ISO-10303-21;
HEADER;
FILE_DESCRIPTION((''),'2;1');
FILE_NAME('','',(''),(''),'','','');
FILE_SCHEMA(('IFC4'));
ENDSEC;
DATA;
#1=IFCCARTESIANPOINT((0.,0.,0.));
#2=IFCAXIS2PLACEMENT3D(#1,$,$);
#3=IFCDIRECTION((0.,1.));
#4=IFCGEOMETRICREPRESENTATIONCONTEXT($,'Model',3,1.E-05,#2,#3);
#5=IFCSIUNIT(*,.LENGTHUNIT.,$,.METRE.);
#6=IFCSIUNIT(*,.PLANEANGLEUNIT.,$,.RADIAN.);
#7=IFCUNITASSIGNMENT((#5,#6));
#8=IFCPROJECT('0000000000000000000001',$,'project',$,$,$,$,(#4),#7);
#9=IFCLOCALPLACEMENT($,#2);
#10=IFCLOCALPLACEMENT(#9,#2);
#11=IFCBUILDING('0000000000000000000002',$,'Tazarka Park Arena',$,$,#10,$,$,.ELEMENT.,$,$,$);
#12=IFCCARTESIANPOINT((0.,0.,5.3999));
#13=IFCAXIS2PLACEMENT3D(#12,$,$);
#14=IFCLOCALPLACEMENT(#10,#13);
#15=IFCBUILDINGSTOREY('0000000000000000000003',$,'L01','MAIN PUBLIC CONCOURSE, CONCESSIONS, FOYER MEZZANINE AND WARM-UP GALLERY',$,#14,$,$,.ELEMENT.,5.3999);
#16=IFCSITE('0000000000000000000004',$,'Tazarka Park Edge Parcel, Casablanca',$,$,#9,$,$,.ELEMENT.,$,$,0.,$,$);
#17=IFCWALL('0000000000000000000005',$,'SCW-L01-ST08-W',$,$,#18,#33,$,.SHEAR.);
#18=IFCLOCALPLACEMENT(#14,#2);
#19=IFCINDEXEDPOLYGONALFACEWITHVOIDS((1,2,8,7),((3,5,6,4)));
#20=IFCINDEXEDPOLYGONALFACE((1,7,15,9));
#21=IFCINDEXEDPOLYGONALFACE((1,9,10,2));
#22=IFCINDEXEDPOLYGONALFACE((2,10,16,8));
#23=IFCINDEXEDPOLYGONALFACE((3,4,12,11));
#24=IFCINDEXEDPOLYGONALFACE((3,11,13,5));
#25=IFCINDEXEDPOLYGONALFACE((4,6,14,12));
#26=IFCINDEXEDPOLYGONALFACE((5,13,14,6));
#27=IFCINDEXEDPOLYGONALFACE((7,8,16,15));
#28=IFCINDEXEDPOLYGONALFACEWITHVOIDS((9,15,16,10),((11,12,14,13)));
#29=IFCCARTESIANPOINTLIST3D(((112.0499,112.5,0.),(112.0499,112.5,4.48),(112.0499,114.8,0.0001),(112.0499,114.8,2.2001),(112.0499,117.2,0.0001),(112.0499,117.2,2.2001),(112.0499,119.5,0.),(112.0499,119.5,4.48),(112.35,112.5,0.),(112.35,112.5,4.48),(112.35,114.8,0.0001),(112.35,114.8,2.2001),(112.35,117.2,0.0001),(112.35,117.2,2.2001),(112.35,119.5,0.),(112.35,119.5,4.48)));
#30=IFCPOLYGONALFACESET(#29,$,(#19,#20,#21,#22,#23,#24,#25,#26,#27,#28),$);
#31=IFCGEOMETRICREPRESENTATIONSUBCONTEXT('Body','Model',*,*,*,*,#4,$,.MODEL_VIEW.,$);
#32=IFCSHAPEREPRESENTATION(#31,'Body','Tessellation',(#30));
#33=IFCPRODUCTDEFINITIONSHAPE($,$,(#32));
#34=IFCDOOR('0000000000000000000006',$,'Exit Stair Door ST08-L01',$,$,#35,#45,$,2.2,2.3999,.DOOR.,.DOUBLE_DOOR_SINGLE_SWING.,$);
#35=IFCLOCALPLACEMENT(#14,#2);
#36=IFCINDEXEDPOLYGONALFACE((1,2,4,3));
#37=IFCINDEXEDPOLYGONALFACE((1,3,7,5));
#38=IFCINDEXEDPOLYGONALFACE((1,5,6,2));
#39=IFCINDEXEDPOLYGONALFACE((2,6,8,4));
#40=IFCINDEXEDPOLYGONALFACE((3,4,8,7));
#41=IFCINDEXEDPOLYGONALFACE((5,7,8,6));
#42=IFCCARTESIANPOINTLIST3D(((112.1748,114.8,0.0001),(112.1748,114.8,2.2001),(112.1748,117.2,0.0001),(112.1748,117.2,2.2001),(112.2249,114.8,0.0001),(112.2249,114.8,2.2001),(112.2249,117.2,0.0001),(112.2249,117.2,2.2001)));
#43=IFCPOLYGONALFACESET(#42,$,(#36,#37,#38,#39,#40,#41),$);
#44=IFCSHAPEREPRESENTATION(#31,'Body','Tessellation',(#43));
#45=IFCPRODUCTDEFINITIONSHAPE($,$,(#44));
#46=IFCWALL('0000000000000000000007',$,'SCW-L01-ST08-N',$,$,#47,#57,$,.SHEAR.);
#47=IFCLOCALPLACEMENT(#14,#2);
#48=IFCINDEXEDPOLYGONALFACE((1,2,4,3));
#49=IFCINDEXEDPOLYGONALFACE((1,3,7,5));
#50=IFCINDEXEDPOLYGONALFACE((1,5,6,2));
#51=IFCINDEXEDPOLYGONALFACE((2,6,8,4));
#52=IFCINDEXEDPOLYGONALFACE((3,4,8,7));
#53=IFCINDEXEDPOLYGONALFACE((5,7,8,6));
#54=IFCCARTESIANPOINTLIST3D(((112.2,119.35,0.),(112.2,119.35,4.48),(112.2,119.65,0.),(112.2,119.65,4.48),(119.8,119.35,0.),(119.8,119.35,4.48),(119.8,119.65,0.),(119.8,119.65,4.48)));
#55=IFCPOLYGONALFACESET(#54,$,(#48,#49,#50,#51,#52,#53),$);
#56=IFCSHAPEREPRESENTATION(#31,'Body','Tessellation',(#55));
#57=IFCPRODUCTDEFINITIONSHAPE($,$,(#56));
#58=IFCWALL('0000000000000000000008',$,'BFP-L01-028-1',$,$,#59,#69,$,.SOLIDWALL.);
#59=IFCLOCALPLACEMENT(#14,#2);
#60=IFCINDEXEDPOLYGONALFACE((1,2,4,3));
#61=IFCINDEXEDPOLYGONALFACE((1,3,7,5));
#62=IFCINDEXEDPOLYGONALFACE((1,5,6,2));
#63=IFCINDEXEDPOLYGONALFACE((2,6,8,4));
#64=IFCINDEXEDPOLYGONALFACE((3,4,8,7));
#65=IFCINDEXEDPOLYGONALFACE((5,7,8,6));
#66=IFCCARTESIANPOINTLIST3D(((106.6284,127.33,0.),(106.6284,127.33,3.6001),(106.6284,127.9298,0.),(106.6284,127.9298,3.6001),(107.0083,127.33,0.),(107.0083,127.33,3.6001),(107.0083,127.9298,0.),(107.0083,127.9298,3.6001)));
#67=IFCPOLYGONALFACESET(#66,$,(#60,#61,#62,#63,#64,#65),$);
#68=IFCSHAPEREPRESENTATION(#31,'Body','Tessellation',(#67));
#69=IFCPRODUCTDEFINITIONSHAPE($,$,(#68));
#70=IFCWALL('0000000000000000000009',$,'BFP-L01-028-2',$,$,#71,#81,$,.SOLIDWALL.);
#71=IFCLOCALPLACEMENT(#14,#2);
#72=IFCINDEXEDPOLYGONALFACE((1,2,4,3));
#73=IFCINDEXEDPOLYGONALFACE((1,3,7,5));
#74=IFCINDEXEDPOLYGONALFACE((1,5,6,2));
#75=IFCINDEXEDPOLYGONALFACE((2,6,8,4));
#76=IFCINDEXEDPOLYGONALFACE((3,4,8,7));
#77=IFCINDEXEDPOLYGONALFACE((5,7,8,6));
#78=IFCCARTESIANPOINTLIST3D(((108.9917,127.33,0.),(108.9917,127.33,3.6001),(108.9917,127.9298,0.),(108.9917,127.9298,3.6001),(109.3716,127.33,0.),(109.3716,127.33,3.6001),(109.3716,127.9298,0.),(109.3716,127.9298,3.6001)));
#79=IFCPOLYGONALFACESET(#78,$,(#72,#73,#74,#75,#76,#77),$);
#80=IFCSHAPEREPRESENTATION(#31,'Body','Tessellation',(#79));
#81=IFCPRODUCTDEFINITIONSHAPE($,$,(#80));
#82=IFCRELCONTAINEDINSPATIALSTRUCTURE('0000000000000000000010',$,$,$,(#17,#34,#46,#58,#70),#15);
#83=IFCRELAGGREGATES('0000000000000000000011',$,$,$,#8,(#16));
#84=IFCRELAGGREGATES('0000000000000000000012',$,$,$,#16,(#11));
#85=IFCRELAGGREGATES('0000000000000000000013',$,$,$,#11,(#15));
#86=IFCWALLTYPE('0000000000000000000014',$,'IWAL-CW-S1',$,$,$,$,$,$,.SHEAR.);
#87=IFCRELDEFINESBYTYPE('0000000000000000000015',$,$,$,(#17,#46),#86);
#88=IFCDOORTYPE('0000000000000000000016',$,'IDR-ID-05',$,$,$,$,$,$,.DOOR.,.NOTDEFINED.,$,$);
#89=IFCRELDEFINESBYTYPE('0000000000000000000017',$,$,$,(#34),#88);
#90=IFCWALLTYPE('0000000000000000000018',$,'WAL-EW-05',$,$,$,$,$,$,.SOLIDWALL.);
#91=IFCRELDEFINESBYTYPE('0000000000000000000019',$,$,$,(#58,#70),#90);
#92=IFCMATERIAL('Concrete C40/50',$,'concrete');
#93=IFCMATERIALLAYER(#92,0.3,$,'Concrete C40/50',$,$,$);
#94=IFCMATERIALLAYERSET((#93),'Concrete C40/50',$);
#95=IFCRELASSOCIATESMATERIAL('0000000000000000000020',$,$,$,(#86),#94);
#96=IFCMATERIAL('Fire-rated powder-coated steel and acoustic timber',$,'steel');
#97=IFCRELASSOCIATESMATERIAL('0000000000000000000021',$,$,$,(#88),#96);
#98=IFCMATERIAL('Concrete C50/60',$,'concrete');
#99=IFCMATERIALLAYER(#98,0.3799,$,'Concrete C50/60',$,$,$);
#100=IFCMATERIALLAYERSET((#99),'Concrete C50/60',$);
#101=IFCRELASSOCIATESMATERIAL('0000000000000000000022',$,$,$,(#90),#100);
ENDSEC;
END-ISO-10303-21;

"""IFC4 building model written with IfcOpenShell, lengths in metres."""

from ifc_helpers import new_model, si_unit, direction, frame, frame_2d, origin, place, context, subcontext, project, spatial, rectangle, extrude, material, layer, layer_set, type_object, element, fill, save


model = new_model("IFC4")

# Units and contexts
model_context = context("Model", 3, precision=1e-05, world=origin(), true_north=direction((0.0, 1.0)))
body_context = subcontext(model_context, "Body", "Model", "MODEL_VIEW")
ifc_project = project(units=[si_unit("LENGTHUNIT", "METRE"), si_unit("PLANEANGLEUNIT", "RADIAN")], contexts=[model_context])

# Site, building, storey
site_placement = place(None, origin())
site = spatial("IfcSite", under=ifc_project, at=site_placement, Name="Tazarka Park Edge Parcel, Casablanca", CompositionType="ELEMENT", RefElevation=0.0)
building_placement = place(site_placement, origin())
building = spatial("IfcBuilding", under=site, at=building_placement, Name="Tazarka Park Arena", CompositionType="ELEMENT")
storey_placement = place(building_placement, frame((0.0, 0.0, 5.3999)))
storey = spatial("IfcBuildingStorey", under=building, at=storey_placement, Name="L01", Description="MAIN PUBLIC CONCOURSE, CONCESSIONS, FOYER MEZZANINE AND WARM-UP GALLERY", CompositionType="ELEMENT", Elevation=5.3999)

# Wall, opening, door
ifc_material_1 = material(Name="Concrete C40/50", Category="concrete")
ifc_layer_1 = layer(ifc_material_1, 0.3, Name="Concrete C40/50")
ifc_layer_set_1 = layer_set([ifc_layer_1], Name="Concrete C40/50")
wall_type_1 = type_object("IfcWallType", Name="IWAL-CW-S1", PredefinedType="SHEAR", material=ifc_layer_set_1)
wall_1_placement = place(storey_placement, frame((112.2, 112.5, 0.0), z_axis=(0.0, 0.0, 1.0), x_axis=(0.0, 1.0, 0.0)))
wall_1 = element("IfcWall", 1, at=wall_1_placement, inside=storey, type_object=wall_type_1, Name="SCW-L01-ST08-W", PredefinedType="SHEAR", context=body_context, shape_type="SweptSolid", body=[
    extrude(rectangle(XDim=7.0, YDim=0.3, at=frame_2d((3.5, 0.0))), origin(), (0.0, 0.0, 1.0), 4.48),
])
opening_placement = place(wall_1_placement, frame((2.3, 0.0, 0.0)))
opening = element("IfcOpeningElement", 2, at=opening_placement, cuts=wall_1, PredefinedType="OPENING", context=body_context, shape_type="SweptSolid", body=[
    extrude(rectangle(XDim=2.3999, YDim=2.2, at=frame_2d((1.2, 1.1001))), frame((0.0, 0.1602, 0.0), z_axis=(0.0, -1.0, 0.0), x_axis=(1.0, 0.0, 0.0)), (0.0, 0.0, 1.0), 0.3201),
])
ifc_material_2 = material(Name="Fire-rated powder-coated steel and acoustic timber", Category="steel")
door_type = type_object("IfcDoorType", Name="IDR-ID-05", OperationType="NOTDEFINED", PredefinedType="DOOR", material=ifc_material_2)
door_placement = place(opening_placement, frame((2.3999, 0.0, 0.0), z_axis=(0.0, 0.0, 1.0), x_axis=(-1.0, 0.0, 0.0)))
door = element("IfcDoor", 3, at=door_placement, inside=storey, type_object=door_type, Name="Exit Stair Door ST08-L01", OperationType="DOUBLE_DOOR_SINGLE_SWING", OverallHeight=2.2, OverallWidth=2.3999, PredefinedType="DOOR", context=body_context, shape_type="SweptSolid", body=[
    extrude(rectangle(XDim=2.3999, YDim=2.2, at=frame_2d((1.2, 1.1001))), frame((0.0, 0.0249, 0.0), z_axis=(0.0, -1.0, 0.0), x_axis=(1.0, 0.0, 0.0)), (0.0, 0.0, 1.0), 0.05),
])
fill(opening, door)

# Walls
wall_2_placement = place(storey_placement, frame((112.2, 119.5, 0.0), z_axis=(0.0, 0.0, 1.0), x_axis=(1.0, 0.0, 0.0)))
element("IfcWall", 4, at=wall_2_placement, inside=storey, type_object=wall_type_1, Name="SCW-L01-ST08-N", PredefinedType="SHEAR", context=body_context, shape_type="SweptSolid", body=[
    extrude(rectangle(XDim=7.6001, YDim=0.3, at=frame_2d((3.8, 0.0))), origin(), (0.0, 0.0, 1.0), 4.48),
])
ifc_material_3 = material(Name="Concrete C50/60", Category="concrete")
ifc_layer_2 = layer(ifc_material_3, 0.3799, Name="Concrete C50/60")
ifc_layer_set_2 = layer_set([ifc_layer_2], Name="Concrete C50/60")
wall_type_2 = type_object("IfcWallType", Name="WAL-EW-05", PredefinedType="SOLIDWALL", material=ifc_layer_set_2)
for number, where, z_axis, x_axis, name in (
    (5, (106.8184, 127.3301, 0.0), (0.0, 0.0, 1.0), (0.0, 1.0, 0.0), "BFP-L01-028-1"),
    (6, (109.1816, 127.3301, 0.0), (0.0, 0.0, 1.0), (0.0, 1.0, 0.0), "BFP-L01-028-2"),
):
    element("IfcWall", number, at=place(storey_placement, frame(where, z_axis=z_axis, x_axis=x_axis)), inside=storey, type_object=wall_type_2, Name=name, PredefinedType="SOLIDWALL", context=body_context, shape_type="SweptSolid", body=[
        extrude(rectangle(XDim=0.5999, YDim=0.3799, at=frame_2d((0.2998, 0.0))), origin(), (0.0, 0.0, 1.0), 3.6001),
    ])

save(model, "model.ifc")
